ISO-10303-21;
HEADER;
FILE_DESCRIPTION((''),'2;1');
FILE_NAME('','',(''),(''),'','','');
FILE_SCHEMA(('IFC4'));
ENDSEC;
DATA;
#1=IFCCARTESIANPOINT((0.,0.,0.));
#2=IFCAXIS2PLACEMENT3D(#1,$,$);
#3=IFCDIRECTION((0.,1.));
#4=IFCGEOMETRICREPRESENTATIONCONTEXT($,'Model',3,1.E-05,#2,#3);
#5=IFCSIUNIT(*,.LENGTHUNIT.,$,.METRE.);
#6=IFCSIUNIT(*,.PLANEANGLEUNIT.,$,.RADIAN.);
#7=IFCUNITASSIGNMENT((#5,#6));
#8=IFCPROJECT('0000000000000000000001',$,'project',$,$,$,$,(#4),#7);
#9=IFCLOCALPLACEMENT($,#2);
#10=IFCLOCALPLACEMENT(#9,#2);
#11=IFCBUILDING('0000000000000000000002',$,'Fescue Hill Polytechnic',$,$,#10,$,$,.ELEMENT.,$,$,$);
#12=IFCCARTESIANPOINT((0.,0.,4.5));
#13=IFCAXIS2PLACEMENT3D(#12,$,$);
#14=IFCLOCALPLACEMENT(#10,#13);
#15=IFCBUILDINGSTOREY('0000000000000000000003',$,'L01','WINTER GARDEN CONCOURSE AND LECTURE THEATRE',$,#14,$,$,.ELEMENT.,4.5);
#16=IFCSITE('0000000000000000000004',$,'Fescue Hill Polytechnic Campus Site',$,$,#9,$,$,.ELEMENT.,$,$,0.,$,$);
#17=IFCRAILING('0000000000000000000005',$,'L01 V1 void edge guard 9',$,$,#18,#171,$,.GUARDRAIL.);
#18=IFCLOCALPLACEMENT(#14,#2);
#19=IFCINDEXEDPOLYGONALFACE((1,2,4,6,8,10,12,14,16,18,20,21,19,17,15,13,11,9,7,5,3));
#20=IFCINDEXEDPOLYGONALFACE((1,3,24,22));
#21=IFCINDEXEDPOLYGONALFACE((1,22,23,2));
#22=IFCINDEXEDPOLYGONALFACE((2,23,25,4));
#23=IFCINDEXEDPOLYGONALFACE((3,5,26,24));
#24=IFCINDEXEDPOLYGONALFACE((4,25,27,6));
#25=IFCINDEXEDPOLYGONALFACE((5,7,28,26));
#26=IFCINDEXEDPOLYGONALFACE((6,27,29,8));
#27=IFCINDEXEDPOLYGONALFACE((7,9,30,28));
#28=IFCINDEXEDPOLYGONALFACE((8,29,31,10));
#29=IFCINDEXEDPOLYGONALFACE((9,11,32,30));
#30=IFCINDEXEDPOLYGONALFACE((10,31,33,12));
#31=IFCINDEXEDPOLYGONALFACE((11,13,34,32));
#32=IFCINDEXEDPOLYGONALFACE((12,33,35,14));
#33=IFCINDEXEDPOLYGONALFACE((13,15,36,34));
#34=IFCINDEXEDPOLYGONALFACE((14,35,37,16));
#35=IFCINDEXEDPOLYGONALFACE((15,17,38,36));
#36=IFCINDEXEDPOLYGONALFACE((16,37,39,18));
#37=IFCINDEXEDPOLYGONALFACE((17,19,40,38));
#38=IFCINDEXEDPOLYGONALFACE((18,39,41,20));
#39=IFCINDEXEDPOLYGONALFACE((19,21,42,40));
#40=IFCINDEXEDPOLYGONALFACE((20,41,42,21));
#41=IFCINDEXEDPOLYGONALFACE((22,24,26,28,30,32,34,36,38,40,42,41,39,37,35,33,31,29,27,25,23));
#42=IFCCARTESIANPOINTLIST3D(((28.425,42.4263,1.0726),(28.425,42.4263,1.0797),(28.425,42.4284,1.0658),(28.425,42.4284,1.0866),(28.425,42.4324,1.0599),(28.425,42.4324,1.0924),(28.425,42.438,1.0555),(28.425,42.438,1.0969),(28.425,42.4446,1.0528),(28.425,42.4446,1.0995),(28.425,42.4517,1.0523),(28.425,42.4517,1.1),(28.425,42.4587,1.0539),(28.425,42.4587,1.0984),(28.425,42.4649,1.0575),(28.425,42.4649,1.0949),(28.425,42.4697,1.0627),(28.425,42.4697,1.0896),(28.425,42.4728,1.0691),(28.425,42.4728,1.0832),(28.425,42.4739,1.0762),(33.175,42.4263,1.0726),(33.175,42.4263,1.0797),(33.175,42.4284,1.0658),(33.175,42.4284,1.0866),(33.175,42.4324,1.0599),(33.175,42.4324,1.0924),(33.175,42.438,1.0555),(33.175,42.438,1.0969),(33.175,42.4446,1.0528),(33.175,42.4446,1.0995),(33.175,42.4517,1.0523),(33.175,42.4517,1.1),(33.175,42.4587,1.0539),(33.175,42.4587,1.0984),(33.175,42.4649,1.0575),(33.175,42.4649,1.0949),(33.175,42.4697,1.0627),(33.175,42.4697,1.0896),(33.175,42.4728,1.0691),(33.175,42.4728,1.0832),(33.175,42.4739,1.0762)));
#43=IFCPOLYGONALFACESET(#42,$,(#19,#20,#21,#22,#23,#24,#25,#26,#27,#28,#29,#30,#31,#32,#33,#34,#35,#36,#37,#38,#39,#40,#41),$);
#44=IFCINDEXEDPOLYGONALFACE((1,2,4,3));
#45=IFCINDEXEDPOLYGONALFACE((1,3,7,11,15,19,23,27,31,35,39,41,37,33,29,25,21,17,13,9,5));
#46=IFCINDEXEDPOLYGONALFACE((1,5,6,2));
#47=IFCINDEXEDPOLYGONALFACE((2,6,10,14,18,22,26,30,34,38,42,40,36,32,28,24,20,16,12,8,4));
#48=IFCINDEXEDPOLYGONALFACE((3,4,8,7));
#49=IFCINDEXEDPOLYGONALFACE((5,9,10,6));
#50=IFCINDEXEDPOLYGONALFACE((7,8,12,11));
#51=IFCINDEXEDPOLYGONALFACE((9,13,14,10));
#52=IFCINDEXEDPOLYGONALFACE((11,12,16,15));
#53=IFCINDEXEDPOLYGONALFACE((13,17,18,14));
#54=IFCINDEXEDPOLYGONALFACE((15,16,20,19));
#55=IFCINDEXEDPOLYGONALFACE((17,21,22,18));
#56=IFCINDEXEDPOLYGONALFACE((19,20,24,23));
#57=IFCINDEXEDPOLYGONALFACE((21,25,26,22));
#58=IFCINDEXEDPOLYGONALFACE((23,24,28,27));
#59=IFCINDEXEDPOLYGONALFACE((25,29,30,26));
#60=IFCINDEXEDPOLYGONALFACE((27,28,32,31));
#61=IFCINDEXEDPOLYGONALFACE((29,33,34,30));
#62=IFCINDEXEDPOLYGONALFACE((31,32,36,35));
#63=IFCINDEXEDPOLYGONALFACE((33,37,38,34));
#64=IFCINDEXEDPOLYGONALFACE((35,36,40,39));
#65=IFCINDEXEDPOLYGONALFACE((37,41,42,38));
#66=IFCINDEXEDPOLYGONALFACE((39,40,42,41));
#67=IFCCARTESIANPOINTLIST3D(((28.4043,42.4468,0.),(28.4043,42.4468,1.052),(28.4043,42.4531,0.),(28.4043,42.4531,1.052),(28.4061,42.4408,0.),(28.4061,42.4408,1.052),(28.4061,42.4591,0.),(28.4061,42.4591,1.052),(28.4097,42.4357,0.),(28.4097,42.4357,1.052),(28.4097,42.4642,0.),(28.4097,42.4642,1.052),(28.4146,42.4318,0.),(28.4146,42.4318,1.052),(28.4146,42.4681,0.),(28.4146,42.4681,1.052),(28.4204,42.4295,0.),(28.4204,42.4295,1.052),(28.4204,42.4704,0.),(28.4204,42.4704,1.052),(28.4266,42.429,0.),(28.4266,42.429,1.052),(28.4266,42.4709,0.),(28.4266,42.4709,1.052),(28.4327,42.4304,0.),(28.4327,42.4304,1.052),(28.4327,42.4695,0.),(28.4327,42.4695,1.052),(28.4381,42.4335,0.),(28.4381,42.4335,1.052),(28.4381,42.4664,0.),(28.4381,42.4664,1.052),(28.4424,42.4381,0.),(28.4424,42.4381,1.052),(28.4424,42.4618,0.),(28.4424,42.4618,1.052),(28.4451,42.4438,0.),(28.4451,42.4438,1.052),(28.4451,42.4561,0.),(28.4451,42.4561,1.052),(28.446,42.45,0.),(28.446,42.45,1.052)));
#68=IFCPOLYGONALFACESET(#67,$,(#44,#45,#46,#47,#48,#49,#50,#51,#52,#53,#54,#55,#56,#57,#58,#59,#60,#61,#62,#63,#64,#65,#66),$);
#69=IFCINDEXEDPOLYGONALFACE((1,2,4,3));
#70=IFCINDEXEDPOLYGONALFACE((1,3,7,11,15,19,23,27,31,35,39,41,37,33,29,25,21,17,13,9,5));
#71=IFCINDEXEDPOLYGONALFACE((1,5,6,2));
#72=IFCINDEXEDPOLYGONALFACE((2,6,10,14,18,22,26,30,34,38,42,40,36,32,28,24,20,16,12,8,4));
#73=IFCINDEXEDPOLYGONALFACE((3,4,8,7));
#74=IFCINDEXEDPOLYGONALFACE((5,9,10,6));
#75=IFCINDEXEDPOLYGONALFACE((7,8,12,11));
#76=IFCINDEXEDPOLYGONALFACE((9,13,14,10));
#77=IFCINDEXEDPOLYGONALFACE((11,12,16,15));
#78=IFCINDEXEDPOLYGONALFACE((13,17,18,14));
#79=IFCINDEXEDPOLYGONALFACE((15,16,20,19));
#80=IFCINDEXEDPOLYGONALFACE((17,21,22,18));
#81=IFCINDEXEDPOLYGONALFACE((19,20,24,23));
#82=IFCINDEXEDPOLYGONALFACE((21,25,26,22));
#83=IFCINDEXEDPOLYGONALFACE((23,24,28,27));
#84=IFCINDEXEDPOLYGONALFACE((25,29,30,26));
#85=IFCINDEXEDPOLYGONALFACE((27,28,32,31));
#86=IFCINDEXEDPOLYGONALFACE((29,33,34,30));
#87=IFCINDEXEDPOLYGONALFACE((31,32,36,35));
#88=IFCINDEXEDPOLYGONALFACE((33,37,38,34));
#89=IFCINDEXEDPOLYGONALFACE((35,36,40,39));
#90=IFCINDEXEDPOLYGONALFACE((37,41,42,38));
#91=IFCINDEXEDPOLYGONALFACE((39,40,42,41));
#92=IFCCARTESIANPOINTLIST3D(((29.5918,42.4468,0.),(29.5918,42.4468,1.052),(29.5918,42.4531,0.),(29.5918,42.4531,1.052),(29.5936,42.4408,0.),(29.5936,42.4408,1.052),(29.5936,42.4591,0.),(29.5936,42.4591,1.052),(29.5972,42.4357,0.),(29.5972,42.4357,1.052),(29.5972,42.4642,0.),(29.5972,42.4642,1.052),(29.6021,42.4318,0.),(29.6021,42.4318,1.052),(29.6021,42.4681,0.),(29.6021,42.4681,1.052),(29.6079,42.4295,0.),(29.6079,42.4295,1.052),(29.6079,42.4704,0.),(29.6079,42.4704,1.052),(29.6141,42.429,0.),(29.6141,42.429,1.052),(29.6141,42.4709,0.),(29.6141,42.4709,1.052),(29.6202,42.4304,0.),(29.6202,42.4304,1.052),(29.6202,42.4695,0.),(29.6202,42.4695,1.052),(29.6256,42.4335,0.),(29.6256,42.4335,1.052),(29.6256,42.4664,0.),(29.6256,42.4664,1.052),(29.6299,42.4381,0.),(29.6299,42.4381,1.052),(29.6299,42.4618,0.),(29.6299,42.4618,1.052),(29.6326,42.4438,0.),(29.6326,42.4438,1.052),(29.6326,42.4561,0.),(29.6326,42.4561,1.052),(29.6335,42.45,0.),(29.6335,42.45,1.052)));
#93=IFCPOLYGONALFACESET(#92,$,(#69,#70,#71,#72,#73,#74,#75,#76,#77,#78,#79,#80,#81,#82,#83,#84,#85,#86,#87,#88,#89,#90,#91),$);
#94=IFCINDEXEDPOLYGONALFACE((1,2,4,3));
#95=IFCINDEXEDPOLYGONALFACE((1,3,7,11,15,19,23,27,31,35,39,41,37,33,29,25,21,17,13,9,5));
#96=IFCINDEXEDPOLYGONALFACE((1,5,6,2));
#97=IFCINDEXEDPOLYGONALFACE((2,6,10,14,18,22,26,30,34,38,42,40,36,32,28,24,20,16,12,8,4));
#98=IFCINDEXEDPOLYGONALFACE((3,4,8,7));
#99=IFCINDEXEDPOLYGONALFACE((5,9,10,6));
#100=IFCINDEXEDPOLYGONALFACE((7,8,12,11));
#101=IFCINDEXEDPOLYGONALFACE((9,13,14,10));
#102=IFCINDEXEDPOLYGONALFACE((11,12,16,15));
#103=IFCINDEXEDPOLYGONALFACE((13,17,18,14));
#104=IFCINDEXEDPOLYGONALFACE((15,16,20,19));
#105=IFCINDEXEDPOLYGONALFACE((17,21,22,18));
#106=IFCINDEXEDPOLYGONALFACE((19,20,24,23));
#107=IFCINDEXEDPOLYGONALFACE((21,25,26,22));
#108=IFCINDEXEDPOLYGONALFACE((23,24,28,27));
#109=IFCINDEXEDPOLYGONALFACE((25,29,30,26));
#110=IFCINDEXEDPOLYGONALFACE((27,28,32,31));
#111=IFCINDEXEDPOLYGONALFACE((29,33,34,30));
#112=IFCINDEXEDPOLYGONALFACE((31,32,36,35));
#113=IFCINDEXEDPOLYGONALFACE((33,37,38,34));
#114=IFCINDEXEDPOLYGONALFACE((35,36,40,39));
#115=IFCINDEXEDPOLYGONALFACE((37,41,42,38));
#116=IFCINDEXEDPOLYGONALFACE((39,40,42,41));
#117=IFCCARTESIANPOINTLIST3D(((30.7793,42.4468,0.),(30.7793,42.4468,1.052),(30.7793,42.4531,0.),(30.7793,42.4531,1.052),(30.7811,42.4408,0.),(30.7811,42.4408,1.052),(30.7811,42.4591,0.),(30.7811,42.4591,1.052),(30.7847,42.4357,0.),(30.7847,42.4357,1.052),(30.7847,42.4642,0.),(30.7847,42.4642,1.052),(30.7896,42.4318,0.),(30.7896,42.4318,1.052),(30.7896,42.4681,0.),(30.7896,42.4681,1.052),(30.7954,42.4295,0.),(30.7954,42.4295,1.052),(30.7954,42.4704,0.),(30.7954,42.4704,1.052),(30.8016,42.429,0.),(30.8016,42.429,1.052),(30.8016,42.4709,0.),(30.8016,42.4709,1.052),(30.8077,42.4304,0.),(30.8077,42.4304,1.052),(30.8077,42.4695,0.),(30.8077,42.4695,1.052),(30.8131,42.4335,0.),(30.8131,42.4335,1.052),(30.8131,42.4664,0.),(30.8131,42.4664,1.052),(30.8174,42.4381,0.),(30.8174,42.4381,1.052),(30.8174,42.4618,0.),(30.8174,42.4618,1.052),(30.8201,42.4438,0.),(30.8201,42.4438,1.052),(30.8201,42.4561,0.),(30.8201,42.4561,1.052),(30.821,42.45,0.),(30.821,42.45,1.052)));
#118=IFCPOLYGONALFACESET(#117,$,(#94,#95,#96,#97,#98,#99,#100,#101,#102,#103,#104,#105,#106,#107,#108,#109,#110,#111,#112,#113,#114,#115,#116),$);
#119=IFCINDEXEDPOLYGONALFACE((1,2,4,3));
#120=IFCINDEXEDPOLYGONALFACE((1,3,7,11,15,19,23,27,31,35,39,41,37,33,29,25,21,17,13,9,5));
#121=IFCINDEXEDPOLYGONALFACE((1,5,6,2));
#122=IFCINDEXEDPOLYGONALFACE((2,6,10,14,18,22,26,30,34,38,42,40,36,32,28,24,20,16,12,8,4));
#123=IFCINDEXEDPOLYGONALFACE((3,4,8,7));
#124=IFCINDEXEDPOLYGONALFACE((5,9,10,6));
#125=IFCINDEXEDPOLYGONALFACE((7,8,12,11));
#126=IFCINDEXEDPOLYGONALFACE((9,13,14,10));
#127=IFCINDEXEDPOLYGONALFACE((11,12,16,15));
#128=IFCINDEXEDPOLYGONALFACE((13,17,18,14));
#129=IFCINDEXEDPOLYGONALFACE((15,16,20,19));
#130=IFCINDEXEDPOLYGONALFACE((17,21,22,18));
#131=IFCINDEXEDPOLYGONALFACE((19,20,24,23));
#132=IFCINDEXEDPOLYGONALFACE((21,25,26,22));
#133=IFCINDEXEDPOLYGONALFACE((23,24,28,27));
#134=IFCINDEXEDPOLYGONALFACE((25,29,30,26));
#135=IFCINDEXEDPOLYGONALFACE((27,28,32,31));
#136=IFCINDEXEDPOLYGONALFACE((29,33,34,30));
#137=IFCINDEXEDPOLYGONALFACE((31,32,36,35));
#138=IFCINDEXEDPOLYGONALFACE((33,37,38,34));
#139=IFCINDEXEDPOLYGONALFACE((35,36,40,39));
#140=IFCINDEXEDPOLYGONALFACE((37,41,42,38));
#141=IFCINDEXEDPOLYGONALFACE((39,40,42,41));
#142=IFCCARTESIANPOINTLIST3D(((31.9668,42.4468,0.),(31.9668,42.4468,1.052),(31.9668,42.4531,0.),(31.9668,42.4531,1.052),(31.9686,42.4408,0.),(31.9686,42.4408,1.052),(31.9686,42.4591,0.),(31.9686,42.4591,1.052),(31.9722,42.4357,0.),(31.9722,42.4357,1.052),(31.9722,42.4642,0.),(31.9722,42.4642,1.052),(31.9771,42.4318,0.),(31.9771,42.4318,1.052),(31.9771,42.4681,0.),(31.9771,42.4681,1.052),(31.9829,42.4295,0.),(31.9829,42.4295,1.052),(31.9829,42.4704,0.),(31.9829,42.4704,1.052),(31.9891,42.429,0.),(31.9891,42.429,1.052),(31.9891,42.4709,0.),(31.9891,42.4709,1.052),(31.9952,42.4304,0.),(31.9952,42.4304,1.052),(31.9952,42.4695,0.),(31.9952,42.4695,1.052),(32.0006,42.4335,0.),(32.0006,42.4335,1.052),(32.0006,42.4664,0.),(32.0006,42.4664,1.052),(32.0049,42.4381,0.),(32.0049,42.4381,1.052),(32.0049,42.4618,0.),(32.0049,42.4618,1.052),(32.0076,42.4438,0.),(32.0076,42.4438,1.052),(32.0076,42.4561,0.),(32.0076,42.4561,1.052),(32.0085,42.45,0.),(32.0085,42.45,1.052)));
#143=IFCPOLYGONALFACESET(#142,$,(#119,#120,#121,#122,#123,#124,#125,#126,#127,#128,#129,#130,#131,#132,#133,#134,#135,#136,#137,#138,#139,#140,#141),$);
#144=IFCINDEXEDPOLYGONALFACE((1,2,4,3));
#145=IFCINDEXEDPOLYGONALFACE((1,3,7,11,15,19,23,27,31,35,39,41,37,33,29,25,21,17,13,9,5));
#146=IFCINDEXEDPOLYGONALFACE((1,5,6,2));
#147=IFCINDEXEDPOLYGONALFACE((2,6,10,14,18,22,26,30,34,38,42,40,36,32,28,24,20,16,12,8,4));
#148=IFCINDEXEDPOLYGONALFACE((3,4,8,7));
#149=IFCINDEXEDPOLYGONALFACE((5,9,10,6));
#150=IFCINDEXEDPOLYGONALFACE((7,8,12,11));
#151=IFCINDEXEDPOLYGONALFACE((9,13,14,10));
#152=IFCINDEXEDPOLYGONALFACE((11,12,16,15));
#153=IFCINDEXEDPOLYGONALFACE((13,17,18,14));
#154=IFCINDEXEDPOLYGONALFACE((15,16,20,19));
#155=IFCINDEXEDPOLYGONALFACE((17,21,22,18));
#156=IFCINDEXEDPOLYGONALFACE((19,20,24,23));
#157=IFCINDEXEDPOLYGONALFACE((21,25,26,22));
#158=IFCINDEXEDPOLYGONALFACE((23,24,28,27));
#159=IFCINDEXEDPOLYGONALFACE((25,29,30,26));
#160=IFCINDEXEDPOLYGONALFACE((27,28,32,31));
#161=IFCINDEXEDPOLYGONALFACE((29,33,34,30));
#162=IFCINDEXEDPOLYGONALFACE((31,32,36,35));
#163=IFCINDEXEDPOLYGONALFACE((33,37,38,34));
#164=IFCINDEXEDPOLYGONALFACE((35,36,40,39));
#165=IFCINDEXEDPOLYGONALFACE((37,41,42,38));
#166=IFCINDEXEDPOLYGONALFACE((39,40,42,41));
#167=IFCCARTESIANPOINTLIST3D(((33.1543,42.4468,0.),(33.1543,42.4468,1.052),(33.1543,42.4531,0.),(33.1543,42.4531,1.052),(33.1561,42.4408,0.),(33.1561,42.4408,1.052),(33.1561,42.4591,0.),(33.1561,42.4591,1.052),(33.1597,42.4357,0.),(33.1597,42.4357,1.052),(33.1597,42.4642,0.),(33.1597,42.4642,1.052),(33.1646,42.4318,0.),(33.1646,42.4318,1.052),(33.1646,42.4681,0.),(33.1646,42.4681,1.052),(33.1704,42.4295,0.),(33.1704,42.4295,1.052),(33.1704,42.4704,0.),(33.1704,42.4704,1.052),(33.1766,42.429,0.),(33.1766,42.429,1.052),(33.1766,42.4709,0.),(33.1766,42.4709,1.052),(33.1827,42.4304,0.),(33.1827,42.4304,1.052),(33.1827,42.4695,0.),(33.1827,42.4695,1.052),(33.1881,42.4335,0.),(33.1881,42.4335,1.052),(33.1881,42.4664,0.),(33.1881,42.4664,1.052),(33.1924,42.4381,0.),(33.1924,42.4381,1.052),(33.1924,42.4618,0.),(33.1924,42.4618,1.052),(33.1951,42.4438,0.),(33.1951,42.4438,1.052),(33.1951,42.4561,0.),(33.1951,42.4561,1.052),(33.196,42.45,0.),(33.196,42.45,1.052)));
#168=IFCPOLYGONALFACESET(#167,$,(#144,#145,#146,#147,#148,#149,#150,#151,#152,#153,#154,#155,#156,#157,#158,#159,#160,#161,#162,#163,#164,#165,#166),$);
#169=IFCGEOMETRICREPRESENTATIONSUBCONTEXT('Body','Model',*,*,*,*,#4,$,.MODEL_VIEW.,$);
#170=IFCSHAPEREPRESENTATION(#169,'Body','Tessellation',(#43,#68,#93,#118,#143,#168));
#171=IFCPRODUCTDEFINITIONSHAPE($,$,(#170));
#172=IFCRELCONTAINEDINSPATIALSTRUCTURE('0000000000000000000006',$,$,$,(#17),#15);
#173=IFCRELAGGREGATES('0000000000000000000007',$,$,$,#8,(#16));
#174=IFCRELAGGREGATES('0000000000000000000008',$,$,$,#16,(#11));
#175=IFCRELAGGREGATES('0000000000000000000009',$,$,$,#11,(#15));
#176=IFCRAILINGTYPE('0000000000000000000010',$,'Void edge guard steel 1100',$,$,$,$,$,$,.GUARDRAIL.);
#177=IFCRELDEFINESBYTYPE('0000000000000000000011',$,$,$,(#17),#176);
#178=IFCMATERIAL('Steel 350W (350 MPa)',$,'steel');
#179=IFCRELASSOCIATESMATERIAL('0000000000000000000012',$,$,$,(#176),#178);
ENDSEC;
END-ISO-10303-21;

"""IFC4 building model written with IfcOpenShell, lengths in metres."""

from ifc_helpers import new_model, si_unit, direction, frame, origin, origin_2d, place, context, subcontext, project, spatial, circle, extrude, material, type_object, element, save


model = new_model("IFC4")

# Units and contexts
model_context = context("Model", 3, precision=1e-05, world=origin(), true_north=direction((0.0, 1.0)))
body_context = subcontext(model_context, "Body", "Model", "MODEL_VIEW")
ifc_project = project(units=[si_unit("LENGTHUNIT", "METRE"), si_unit("PLANEANGLEUNIT", "RADIAN")], contexts=[model_context])

# Site, building, storey
site_placement = place(None, origin())
site = spatial("IfcSite", under=ifc_project, at=site_placement, Name="Fescue Hill Polytechnic Campus Site", CompositionType="ELEMENT", RefElevation=0.0)
building_placement = place(site_placement, origin())
building = spatial("IfcBuilding", under=site, at=building_placement, Name="Fescue Hill Polytechnic", CompositionType="ELEMENT")
storey_placement = place(building_placement, frame((0.0, 0.0, 4.5)))
storey = spatial("IfcBuildingStorey", under=building, at=storey_placement, Name="L01", Description="WINTER GARDEN CONCOURSE AND LECTURE THEATRE", CompositionType="ELEMENT", Elevation=4.5)

# Shared definitions
ifc_material_1 = material(Name="Steel 350W (350 MPa)", Category="steel")

# Railing
railing_type = type_object("IfcRailingType", Name="Void edge guard steel 1100", PredefinedType="GUARDRAIL", material=ifc_material_1)
railing_placement = place(storey_placement, frame((28.425, 42.45, 0.0)))
element("IfcRailing", 1, at=railing_placement, inside=storey, type_object=railing_type, Name="L01 V1 void edge guard 9", PredefinedType="GUARDRAIL", context=body_context, shape_type="SweptSolid", body=[
    extrude(circle(Radius=0.0239, at=origin_2d()), frame((0.0, 0.0, 1.0762), z_axis=(1.0, 0.0, 0.0), x_axis=(0.0, 1.0, 0.0)), (0.0, 0.0, 1.0), 4.75),
    extrude(circle(Radius=0.021, at=origin_2d()), origin(), (0.0, 0.0, 1.0), 1.052),
    extrude(circle(Radius=0.021, at=origin_2d()), frame((1.1875, 0.0, 0.0)), (0.0, 0.0, 1.0), 1.052),
    extrude(circle(Radius=0.021, at=origin_2d()), frame((2.375, 0.0, 0.0)), (0.0, 0.0, 1.0), 1.052),
    extrude(circle(Radius=0.021, at=origin_2d()), frame((3.5625, 0.0, 0.0)), (0.0, 0.0, 1.0), 1.052),
    extrude(circle(Radius=0.021, at=origin_2d()), frame((4.75, 0.0, 0.0)), (0.0, 0.0, 1.0), 1.052),
])

save(model, "model.ifc")
